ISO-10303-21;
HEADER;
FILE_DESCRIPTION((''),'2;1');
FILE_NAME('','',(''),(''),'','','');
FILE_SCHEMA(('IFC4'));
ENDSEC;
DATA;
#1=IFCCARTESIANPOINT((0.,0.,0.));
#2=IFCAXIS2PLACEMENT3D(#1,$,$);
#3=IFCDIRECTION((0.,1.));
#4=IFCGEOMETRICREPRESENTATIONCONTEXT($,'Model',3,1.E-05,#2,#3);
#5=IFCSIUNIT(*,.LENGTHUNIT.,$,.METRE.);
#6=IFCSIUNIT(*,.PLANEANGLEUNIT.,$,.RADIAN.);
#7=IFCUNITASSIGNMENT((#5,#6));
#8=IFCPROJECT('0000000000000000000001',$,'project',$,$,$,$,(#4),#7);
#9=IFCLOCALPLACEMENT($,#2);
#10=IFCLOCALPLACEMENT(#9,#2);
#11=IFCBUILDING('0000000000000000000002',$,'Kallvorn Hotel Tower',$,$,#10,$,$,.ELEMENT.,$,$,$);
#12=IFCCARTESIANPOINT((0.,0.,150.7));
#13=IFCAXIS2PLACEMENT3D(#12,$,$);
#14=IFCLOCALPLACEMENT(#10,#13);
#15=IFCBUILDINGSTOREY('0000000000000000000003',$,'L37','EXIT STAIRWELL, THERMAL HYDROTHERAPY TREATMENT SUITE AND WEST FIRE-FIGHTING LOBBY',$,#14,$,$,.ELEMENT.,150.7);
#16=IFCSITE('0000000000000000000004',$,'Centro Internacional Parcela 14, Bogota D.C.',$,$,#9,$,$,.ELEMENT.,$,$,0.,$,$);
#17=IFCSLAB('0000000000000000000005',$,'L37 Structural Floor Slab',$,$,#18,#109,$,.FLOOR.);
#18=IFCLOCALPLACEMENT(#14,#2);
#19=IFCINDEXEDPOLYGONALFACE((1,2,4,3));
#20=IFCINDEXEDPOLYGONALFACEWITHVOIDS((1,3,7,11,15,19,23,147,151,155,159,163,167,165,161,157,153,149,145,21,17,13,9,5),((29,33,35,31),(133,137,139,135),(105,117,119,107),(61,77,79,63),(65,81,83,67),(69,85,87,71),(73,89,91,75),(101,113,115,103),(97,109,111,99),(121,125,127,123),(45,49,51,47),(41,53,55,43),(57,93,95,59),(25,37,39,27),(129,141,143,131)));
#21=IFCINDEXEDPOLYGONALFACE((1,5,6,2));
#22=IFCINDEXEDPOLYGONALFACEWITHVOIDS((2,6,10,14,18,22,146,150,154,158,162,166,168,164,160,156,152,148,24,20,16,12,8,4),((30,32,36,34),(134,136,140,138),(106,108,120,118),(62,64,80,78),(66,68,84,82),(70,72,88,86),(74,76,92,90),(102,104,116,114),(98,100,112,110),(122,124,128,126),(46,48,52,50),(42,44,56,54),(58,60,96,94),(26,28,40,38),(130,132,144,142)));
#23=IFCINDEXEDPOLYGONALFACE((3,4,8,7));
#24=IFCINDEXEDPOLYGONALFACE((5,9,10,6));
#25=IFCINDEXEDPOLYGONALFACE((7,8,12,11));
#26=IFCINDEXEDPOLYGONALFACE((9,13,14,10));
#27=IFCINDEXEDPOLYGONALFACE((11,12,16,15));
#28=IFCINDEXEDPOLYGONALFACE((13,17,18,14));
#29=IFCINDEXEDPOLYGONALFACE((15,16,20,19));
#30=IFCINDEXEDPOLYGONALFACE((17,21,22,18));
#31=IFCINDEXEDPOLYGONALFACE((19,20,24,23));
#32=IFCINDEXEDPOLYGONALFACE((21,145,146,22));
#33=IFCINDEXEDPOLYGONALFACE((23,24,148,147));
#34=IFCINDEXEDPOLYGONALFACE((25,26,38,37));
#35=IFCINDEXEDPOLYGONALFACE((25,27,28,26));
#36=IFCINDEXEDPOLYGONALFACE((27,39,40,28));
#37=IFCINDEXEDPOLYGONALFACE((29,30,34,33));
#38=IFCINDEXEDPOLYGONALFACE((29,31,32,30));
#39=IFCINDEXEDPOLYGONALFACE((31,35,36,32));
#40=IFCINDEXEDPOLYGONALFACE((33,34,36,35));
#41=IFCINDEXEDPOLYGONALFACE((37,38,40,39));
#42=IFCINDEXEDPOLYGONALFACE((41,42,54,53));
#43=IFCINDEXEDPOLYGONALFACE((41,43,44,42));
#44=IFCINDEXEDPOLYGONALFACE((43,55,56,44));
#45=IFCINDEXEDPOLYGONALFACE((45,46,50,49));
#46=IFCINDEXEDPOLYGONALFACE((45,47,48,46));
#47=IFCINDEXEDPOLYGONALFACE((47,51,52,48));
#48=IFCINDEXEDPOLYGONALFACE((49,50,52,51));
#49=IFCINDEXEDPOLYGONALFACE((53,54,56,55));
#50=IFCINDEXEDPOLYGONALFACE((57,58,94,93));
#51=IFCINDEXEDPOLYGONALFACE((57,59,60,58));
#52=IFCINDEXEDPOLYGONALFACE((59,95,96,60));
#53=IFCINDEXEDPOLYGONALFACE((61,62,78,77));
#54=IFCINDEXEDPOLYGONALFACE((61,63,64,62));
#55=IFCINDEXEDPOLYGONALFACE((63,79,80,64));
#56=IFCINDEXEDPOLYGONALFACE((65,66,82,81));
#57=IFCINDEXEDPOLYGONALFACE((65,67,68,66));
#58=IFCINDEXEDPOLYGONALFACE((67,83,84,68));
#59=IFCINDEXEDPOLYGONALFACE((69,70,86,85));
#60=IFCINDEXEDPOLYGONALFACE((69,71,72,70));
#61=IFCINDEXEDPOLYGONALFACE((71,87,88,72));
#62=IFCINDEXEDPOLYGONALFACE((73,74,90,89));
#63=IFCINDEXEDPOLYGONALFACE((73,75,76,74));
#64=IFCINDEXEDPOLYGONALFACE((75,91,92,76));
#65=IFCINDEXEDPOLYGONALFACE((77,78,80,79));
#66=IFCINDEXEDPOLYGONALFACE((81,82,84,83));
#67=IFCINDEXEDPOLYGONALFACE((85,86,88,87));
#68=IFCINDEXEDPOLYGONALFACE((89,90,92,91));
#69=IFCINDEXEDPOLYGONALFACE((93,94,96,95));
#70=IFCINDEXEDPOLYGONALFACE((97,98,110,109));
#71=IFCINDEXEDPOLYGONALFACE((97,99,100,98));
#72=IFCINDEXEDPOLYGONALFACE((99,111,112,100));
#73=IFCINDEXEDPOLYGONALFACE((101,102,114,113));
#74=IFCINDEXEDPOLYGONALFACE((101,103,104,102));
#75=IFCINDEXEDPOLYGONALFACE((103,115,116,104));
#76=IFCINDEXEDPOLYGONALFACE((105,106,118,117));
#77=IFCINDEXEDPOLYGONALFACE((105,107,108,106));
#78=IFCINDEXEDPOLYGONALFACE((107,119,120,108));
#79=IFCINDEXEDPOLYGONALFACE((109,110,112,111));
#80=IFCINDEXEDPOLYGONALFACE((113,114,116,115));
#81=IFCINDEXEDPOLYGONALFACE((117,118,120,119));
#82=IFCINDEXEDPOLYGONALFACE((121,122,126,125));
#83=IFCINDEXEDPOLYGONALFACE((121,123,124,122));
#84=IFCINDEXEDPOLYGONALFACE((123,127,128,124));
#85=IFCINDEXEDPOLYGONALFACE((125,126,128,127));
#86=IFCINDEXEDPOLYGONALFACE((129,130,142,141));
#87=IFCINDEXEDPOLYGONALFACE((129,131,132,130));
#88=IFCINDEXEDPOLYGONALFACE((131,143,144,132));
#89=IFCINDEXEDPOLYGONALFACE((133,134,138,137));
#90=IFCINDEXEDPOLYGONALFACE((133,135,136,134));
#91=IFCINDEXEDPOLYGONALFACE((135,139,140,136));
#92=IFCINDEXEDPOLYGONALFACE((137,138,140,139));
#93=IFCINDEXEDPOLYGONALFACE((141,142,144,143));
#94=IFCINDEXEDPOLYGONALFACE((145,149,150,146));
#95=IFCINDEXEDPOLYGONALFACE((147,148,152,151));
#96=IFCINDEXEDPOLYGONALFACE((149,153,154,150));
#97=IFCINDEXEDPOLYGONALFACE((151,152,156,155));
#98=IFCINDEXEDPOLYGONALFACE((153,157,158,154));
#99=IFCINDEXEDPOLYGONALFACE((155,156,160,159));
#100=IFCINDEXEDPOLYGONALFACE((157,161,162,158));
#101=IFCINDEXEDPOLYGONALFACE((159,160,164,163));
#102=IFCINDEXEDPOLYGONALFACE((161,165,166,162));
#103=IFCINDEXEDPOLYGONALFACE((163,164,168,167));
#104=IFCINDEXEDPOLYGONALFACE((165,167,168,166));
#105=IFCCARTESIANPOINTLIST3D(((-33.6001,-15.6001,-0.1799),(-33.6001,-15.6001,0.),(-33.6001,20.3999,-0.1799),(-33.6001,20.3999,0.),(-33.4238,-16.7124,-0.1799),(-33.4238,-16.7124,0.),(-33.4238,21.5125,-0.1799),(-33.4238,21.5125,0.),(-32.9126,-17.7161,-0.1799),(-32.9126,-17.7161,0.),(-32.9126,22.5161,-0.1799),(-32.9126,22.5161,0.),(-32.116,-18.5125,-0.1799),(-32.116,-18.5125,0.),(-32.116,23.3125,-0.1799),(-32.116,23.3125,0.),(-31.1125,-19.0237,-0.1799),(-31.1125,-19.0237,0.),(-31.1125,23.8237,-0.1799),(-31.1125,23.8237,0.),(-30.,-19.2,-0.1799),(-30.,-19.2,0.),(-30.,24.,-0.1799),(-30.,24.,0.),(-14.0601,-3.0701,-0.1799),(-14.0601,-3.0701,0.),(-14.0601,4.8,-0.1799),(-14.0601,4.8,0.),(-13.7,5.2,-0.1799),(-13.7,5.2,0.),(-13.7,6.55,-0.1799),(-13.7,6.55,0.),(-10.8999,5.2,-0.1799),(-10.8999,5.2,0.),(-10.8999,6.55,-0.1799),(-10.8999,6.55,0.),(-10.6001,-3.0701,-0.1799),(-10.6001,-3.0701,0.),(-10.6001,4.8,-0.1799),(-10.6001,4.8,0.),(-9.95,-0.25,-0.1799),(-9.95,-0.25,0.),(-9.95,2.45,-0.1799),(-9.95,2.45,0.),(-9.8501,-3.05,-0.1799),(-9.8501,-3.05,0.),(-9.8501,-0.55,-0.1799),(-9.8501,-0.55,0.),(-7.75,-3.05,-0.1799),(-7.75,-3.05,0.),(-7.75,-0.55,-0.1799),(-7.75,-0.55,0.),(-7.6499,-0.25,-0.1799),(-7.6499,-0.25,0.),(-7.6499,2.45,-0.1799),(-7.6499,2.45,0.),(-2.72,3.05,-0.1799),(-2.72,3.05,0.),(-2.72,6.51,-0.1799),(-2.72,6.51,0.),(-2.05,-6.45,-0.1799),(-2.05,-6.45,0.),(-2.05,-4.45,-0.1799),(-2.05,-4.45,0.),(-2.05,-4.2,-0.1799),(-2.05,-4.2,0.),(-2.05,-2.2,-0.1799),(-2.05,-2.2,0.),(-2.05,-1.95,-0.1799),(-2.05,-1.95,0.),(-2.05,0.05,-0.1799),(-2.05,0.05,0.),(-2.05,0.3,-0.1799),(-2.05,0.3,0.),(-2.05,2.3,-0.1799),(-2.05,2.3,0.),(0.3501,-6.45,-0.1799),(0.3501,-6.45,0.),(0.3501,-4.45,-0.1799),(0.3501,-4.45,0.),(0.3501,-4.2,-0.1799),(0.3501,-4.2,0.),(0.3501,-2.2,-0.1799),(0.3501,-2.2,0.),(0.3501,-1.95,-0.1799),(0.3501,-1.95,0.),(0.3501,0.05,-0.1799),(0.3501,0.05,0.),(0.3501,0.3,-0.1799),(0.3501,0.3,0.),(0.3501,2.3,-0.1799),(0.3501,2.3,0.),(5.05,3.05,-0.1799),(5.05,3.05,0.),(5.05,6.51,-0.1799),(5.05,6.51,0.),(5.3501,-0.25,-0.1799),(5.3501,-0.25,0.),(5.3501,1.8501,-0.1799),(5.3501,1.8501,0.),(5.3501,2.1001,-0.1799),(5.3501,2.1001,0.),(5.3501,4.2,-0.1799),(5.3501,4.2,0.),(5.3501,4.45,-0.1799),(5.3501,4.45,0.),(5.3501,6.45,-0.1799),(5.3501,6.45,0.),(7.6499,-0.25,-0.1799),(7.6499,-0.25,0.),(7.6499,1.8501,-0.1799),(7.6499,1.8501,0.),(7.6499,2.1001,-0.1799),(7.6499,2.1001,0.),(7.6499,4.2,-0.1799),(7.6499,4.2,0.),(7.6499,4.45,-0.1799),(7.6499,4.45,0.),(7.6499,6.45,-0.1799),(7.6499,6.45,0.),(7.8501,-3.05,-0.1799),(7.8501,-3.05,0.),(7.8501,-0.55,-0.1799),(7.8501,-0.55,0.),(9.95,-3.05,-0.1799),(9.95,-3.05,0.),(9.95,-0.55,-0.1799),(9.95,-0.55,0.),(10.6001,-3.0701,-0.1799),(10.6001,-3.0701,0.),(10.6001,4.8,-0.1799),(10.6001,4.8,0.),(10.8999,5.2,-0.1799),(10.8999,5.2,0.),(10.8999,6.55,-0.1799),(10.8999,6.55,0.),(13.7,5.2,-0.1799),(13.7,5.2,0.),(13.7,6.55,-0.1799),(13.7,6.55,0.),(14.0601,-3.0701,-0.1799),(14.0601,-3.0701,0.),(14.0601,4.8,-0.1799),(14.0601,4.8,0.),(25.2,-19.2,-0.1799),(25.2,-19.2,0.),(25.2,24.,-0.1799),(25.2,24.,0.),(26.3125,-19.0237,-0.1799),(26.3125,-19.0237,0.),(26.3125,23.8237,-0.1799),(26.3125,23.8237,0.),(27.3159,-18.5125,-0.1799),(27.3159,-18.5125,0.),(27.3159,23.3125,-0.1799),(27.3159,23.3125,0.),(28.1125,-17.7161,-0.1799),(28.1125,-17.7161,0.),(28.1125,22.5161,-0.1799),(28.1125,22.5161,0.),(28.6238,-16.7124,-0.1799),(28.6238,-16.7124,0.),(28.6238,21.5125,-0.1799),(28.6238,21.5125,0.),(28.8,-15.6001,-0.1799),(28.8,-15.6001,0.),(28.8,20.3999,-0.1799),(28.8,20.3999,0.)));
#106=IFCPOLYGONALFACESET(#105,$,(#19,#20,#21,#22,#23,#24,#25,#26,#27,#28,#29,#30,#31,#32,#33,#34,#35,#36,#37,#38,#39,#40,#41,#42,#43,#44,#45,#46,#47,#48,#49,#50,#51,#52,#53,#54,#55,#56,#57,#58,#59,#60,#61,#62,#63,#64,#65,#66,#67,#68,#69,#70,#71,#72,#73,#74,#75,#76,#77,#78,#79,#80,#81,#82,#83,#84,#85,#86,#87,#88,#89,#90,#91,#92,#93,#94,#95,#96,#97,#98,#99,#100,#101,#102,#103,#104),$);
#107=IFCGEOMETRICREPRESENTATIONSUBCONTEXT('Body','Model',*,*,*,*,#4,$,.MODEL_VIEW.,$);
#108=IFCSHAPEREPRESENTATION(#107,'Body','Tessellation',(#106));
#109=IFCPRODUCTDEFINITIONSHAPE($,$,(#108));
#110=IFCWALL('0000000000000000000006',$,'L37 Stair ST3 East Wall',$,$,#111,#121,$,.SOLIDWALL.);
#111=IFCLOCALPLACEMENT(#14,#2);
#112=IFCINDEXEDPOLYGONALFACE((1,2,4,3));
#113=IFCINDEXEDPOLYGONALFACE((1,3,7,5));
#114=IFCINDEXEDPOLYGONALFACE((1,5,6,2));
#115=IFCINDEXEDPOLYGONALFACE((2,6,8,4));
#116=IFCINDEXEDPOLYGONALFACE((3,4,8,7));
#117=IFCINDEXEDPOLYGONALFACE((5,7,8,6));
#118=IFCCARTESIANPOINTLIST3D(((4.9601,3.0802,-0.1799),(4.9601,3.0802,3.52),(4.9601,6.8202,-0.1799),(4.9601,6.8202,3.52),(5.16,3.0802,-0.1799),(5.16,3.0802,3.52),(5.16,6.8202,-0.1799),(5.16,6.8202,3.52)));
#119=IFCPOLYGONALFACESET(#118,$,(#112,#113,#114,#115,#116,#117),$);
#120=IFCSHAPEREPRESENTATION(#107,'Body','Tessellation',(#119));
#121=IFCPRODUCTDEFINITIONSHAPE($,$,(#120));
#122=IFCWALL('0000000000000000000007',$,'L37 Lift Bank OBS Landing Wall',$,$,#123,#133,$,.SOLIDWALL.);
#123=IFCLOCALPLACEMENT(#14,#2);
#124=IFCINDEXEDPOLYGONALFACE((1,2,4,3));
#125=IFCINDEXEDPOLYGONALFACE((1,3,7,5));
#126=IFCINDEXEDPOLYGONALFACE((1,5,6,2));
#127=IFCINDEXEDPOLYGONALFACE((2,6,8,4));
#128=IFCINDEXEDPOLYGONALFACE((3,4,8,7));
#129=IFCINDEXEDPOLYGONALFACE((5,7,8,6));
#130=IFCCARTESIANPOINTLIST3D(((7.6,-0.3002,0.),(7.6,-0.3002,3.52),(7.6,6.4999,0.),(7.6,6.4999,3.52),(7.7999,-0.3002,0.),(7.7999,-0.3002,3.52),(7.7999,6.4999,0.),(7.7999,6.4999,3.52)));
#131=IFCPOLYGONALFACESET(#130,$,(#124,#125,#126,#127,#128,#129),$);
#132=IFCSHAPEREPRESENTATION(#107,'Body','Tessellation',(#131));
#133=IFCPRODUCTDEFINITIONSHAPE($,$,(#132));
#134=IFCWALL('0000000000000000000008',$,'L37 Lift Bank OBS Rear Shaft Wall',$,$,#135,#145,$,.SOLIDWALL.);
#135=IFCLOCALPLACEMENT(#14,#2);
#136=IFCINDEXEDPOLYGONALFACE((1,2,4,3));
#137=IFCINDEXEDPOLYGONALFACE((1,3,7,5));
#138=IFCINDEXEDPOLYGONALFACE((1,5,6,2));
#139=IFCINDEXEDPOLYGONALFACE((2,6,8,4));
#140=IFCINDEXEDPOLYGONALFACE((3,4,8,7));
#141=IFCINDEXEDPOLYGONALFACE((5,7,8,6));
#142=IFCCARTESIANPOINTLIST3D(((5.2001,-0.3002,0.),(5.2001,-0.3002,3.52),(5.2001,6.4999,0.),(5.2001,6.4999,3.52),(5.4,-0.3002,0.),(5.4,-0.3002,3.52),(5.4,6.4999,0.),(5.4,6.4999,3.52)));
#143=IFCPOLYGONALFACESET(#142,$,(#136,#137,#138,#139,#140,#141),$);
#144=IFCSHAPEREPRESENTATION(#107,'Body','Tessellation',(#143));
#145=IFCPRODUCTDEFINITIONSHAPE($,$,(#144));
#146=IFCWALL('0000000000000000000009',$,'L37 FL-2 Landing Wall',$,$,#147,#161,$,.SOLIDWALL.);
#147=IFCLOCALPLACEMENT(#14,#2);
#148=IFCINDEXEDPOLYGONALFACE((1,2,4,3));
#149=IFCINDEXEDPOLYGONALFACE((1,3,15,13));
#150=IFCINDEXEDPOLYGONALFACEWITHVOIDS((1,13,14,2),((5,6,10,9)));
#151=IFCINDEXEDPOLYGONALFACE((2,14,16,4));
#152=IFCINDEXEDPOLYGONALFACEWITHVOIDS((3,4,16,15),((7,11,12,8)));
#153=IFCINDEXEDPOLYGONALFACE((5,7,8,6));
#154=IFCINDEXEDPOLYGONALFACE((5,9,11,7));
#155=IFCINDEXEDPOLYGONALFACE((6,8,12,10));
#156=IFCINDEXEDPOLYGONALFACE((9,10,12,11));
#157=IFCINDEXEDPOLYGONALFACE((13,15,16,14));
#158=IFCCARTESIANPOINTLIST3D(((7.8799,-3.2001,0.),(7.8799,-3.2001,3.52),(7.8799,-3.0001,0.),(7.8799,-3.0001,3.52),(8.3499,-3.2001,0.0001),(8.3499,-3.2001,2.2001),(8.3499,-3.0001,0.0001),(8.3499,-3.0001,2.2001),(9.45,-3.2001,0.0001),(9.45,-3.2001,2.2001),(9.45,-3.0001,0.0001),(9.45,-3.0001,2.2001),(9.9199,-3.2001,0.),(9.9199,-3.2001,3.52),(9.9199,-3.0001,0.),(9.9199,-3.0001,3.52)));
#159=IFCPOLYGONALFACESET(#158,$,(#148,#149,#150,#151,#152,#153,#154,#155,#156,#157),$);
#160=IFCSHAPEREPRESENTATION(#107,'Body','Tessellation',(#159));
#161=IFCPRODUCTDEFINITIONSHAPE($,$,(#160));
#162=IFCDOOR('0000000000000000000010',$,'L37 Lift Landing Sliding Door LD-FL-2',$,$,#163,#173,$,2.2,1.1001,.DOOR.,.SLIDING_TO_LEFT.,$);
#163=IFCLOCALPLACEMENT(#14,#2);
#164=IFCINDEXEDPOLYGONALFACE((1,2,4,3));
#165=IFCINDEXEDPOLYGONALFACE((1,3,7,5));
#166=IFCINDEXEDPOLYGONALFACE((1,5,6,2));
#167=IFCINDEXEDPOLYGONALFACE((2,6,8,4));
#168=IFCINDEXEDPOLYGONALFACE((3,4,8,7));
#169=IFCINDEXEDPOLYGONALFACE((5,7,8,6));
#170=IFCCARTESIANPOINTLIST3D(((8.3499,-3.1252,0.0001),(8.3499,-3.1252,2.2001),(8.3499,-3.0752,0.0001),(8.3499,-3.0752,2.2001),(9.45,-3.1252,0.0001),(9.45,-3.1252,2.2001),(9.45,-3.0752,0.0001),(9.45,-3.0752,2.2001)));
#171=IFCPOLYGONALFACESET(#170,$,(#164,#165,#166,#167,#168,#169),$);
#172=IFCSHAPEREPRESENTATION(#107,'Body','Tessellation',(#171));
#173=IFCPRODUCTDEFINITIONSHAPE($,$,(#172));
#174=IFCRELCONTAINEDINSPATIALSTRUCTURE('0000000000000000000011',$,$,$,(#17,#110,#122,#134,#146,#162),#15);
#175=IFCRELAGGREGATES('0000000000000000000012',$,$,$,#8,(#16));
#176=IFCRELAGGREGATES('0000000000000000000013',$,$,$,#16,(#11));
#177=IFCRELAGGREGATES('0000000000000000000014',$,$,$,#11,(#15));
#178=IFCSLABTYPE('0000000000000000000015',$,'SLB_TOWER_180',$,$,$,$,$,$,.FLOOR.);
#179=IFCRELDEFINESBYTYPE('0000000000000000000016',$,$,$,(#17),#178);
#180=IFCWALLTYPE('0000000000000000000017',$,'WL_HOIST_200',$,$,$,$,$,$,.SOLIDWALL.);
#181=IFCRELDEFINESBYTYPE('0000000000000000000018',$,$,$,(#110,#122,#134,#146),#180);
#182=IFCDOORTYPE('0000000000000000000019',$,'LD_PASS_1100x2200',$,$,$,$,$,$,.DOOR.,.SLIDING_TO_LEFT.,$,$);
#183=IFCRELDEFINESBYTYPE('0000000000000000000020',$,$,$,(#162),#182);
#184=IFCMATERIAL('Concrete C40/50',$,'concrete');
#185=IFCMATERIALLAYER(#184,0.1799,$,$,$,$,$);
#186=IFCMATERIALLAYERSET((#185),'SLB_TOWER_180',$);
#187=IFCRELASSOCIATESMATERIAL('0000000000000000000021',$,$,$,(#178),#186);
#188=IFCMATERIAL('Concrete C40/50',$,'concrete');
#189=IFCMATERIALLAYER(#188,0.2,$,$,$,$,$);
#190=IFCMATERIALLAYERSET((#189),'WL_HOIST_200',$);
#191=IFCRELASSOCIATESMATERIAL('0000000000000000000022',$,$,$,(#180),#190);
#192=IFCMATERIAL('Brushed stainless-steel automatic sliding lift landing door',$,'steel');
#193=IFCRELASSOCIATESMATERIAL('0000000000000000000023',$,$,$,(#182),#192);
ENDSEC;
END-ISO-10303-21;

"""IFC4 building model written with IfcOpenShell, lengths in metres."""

from ifc_helpers import new_model, si_unit, direction, frame, frame_2d, origin, place, context, subcontext, project, spatial, polyline, rectangle, outline, extrude, material, layer, layer_set, type_object, element, fill, save


model = new_model("IFC4")

# Units and contexts
model_context = context("Model", 3, precision=1e-05, world=origin(), true_north=direction((0.0, 1.0)))
body_context = subcontext(model_context, "Body", "Model", "MODEL_VIEW")
ifc_project = project(units=[si_unit("LENGTHUNIT", "METRE"), si_unit("PLANEANGLEUNIT", "RADIAN")], contexts=[model_context])

# Site, building, storey
site_placement = place(None, origin())
site = spatial("IfcSite", under=ifc_project, at=site_placement, Name="Centro Internacional Parcela 14, Bogota D.C.", CompositionType="ELEMENT", RefElevation=0.0)
building_placement = place(site_placement, origin())
building = spatial("IfcBuilding", under=site, at=building_placement, Name="Kallvorn Hotel Tower", CompositionType="ELEMENT")
storey_placement = place(building_placement, frame((0.0, 0.0, 150.7)))
storey = spatial("IfcBuildingStorey", under=building, at=storey_placement, Name="L37", Description="EXIT STAIRWELL, THERMAL HYDROTHERAPY TREATMENT SUITE AND WEST FIRE-FIGHTING LOBBY", CompositionType="ELEMENT", Elevation=150.7)

# Slab
ifc_material_1 = material(Name="Concrete C40/50", Category="concrete")
ifc_layer_1 = layer(ifc_material_1, 0.1799)
ifc_layer_set_1 = layer_set([ifc_layer_1], Name="SLB_TOWER_180")
slab_type_1 = type_object("IfcSlabType", Name="SLB_TOWER_180", PredefinedType="FLOOR", material=ifc_layer_set_1)
slab_1_placement = place(storey_placement, frame((0.0, 0.0, -0.1799)))
element("IfcSlab", 1, at=slab_1_placement, inside=storey, type_object=slab_type_1, Name="L37 Structural Floor Slab", PredefinedType="FLOOR", context=body_context, shape_type="SweptSolid", body=[
    extrude(outline(polyline([(25.2, -19.2), (26.3125, -19.0237), (27.3159, -18.5125), (28.1125, -17.7161), (28.6238, -16.7124), (28.8, -15.6001), (28.8, 20.3999), (28.6238, 21.5125), (28.1125, 22.5161), (27.3159, 23.3125), (26.3125, 23.8237), (25.2, 24.0), (-30.0, 24.0), (-31.1125, 23.8237), (-32.116, 23.3125), (-32.9126, 22.5161), (-33.4238, 21.5125), (-33.6001, 20.3999), (-33.6001, -15.6001), (-33.4238, -16.7124), (-32.9126, -17.7161), (-32.116, -18.5125), (-31.1125, -19.0237), (-30.0, -19.2), (25.2, -19.2)]), holes=[polyline([(-10.6001, -3.0701), (-10.6001, 4.8), (-14.0601, 4.8), (-14.0601, -3.0701), (-10.6001, -3.0701)]), polyline([(14.0601, -3.0701), (14.0601, 4.8), (10.6001, 4.8), (10.6001, -3.0701), (14.0601, -3.0701)]), polyline([(-2.72, 3.05), (5.05, 3.05), (5.05, 6.51), (-2.72, 6.51), (-2.72, 3.05)]), polyline([(-2.05, -6.45), (0.3501, -6.45), (0.3501, -4.45), (-2.05, -4.45), (-2.05, -6.45)]), polyline([(-2.05, -4.2), (0.3501, -4.2), (0.3501, -2.2), (-2.05, -2.2), (-2.05, -4.2)]), polyline([(-2.05, -1.95), (0.3501, -1.95), (0.3501, 0.05), (-2.05, 0.05), (-2.05, -1.95)]), polyline([(-2.05, 0.3), (0.3501, 0.3), (0.3501, 2.3), (-2.05, 2.3), (-2.05, 0.3)]), polyline([(5.3501, -0.25), (7.6499, -0.25), (7.6499, 1.8501), (5.3501, 1.8501), (5.3501, -0.25)]), polyline([(5.3501, 2.1001), (7.6499, 2.1001), (7.6499, 4.2), (5.3501, 4.2), (5.3501, 2.1001)]), polyline([(5.3501, 4.45), (7.6499, 4.45), (7.6499, 6.45), (5.3501, 6.45), (5.3501, 4.45)]), polyline([(-9.8501, -3.05), (-7.75, -3.05), (-7.75, -0.55), (-9.8501, -0.55), (-9.8501, -3.05)]), polyline([(7.8501, -3.05), (9.95, -3.05), (9.95, -0.55), (7.8501, -0.55), (7.8501, -3.05)]), polyline([(-9.95, -0.25), (-7.6499, -0.25), (-7.6499, 2.45), (-9.95, 2.45), (-9.95, -0.25)]), polyline([(-13.7, 5.2), (-10.8999, 5.2), (-10.8999, 6.55), (-13.7, 6.55), (-13.7, 5.2)]), polyline([(10.8999, 5.2), (13.7, 5.2), (13.7, 6.55), (10.8999, 6.55), (10.8999, 5.2)])]), origin(), (0.0, 0.0, 1.0), 0.1799),
])

# Walls
ifc_material_2 = material(Name="Concrete C40/50", Category="concrete")
ifc_layer_2 = layer(ifc_material_2, 0.2)
ifc_layer_set_2 = layer_set([ifc_layer_2], Name="WL_HOIST_200")
wall_type_1 = type_object("IfcWallType", Name="WL_HOIST_200", PredefinedType="SOLIDWALL", material=ifc_layer_set_2)
wall_1_placement = place(storey_placement, frame((5.0601, 3.0801, -0.1799), z_axis=(0.0, 0.0, 1.0), x_axis=(0.0, 1.0, 0.0)))
element("IfcWall", 2, at=wall_1_placement, inside=storey, type_object=wall_type_1, Name="L37 Stair ST3 East Wall", PredefinedType="SOLIDWALL", context=body_context, shape_type="SweptSolid", body=[
    extrude(rectangle(XDim=3.74, YDim=0.2, at=frame_2d((1.8701, 0.0))), origin(), (0.0, 0.0, 1.0), 3.7),
])
for number, where, z_axis, x_axis, name in (
    (3, (7.7, -0.3, 0.0), (0.0, 0.0, 1.0), (0.0, 1.0, 0.0), "L37 Lift Bank OBS Landing Wall"),
    (4, (5.3, -0.3, 0.0), (0.0, 0.0, 1.0), (0.0, 1.0, 0.0), "L37 Lift Bank OBS Rear Shaft Wall"),
):
    element("IfcWall", number, at=place(storey_placement, frame(where, z_axis=z_axis, x_axis=x_axis)), inside=storey, type_object=wall_type_1, Name=name, PredefinedType="SOLIDWALL", context=body_context, shape_type="SweptSolid", body=[
        extrude(rectangle(XDim=6.8, YDim=0.2, at=frame_2d((3.3999, 0.0))), origin(), (0.0, 0.0, 1.0), 3.52),
    ])

# Wall, opening, door
wall_2_placement = place(storey_placement, frame((7.8799, -3.1001, 0.0), z_axis=(0.0, 0.0, 1.0), x_axis=(1.0, 0.0, 0.0)))
wall_2 = element("IfcWall", 5, at=wall_2_placement, inside=storey, type_object=wall_type_1, Name="L37 FL-2 Landing Wall", PredefinedType="SOLIDWALL", context=body_context, shape_type="SweptSolid", body=[
    extrude(rectangle(XDim=2.04, YDim=0.2, at=frame_2d((1.02, 0.0))), origin(), (0.0, 0.0, 1.0), 3.52),
])
opening_1_placement = place(wall_2_placement, frame((0.47, 0.0, 0.0)))
opening_1 = element("IfcOpeningElement", 6, at=opening_1_placement, cuts=wall_2, PredefinedType="OPENING", context=body_context, shape_type="SweptSolid", body=[
    extrude(rectangle(XDim=1.1001, YDim=2.2, at=frame_2d((0.55, 1.1001))), frame((0.0, 0.115, 0.0), z_axis=(0.0, -1.0, 0.0), x_axis=(1.0, 0.0, 0.0)), (0.0, 0.0, 1.0), 0.23),
])
ifc_material_3 = material(Name="Brushed stainless-steel automatic sliding lift landing door", Category="steel")
door_type_1 = type_object("IfcDoorType", Name="LD_PASS_1100x2200", OperationType="SLIDING_TO_LEFT", PredefinedType="DOOR", material=ifc_material_3)
door_1_placement = place(opening_1_placement, origin())
door_1 = element("IfcDoor", 7, at=door_1_placement, inside=storey, type_object=door_type_1, Name="L37 Lift Landing Sliding Door LD-FL-2", OperationType="SLIDING_TO_LEFT", OverallHeight=2.2, OverallWidth=1.1001, PredefinedType="DOOR", context=body_context, shape_type="SweptSolid", body=[
    extrude(rectangle(XDim=1.1001, YDim=2.2, at=frame_2d((0.55, 1.1001))), frame((0.0, 0.0249, 0.0), z_axis=(0.0, -1.0, 0.0), x_axis=(1.0, 0.0, 0.0)), (0.0, 0.0, 1.0), 0.05),
])
fill(opening_1, door_1)

save(model, "model.ifc")
